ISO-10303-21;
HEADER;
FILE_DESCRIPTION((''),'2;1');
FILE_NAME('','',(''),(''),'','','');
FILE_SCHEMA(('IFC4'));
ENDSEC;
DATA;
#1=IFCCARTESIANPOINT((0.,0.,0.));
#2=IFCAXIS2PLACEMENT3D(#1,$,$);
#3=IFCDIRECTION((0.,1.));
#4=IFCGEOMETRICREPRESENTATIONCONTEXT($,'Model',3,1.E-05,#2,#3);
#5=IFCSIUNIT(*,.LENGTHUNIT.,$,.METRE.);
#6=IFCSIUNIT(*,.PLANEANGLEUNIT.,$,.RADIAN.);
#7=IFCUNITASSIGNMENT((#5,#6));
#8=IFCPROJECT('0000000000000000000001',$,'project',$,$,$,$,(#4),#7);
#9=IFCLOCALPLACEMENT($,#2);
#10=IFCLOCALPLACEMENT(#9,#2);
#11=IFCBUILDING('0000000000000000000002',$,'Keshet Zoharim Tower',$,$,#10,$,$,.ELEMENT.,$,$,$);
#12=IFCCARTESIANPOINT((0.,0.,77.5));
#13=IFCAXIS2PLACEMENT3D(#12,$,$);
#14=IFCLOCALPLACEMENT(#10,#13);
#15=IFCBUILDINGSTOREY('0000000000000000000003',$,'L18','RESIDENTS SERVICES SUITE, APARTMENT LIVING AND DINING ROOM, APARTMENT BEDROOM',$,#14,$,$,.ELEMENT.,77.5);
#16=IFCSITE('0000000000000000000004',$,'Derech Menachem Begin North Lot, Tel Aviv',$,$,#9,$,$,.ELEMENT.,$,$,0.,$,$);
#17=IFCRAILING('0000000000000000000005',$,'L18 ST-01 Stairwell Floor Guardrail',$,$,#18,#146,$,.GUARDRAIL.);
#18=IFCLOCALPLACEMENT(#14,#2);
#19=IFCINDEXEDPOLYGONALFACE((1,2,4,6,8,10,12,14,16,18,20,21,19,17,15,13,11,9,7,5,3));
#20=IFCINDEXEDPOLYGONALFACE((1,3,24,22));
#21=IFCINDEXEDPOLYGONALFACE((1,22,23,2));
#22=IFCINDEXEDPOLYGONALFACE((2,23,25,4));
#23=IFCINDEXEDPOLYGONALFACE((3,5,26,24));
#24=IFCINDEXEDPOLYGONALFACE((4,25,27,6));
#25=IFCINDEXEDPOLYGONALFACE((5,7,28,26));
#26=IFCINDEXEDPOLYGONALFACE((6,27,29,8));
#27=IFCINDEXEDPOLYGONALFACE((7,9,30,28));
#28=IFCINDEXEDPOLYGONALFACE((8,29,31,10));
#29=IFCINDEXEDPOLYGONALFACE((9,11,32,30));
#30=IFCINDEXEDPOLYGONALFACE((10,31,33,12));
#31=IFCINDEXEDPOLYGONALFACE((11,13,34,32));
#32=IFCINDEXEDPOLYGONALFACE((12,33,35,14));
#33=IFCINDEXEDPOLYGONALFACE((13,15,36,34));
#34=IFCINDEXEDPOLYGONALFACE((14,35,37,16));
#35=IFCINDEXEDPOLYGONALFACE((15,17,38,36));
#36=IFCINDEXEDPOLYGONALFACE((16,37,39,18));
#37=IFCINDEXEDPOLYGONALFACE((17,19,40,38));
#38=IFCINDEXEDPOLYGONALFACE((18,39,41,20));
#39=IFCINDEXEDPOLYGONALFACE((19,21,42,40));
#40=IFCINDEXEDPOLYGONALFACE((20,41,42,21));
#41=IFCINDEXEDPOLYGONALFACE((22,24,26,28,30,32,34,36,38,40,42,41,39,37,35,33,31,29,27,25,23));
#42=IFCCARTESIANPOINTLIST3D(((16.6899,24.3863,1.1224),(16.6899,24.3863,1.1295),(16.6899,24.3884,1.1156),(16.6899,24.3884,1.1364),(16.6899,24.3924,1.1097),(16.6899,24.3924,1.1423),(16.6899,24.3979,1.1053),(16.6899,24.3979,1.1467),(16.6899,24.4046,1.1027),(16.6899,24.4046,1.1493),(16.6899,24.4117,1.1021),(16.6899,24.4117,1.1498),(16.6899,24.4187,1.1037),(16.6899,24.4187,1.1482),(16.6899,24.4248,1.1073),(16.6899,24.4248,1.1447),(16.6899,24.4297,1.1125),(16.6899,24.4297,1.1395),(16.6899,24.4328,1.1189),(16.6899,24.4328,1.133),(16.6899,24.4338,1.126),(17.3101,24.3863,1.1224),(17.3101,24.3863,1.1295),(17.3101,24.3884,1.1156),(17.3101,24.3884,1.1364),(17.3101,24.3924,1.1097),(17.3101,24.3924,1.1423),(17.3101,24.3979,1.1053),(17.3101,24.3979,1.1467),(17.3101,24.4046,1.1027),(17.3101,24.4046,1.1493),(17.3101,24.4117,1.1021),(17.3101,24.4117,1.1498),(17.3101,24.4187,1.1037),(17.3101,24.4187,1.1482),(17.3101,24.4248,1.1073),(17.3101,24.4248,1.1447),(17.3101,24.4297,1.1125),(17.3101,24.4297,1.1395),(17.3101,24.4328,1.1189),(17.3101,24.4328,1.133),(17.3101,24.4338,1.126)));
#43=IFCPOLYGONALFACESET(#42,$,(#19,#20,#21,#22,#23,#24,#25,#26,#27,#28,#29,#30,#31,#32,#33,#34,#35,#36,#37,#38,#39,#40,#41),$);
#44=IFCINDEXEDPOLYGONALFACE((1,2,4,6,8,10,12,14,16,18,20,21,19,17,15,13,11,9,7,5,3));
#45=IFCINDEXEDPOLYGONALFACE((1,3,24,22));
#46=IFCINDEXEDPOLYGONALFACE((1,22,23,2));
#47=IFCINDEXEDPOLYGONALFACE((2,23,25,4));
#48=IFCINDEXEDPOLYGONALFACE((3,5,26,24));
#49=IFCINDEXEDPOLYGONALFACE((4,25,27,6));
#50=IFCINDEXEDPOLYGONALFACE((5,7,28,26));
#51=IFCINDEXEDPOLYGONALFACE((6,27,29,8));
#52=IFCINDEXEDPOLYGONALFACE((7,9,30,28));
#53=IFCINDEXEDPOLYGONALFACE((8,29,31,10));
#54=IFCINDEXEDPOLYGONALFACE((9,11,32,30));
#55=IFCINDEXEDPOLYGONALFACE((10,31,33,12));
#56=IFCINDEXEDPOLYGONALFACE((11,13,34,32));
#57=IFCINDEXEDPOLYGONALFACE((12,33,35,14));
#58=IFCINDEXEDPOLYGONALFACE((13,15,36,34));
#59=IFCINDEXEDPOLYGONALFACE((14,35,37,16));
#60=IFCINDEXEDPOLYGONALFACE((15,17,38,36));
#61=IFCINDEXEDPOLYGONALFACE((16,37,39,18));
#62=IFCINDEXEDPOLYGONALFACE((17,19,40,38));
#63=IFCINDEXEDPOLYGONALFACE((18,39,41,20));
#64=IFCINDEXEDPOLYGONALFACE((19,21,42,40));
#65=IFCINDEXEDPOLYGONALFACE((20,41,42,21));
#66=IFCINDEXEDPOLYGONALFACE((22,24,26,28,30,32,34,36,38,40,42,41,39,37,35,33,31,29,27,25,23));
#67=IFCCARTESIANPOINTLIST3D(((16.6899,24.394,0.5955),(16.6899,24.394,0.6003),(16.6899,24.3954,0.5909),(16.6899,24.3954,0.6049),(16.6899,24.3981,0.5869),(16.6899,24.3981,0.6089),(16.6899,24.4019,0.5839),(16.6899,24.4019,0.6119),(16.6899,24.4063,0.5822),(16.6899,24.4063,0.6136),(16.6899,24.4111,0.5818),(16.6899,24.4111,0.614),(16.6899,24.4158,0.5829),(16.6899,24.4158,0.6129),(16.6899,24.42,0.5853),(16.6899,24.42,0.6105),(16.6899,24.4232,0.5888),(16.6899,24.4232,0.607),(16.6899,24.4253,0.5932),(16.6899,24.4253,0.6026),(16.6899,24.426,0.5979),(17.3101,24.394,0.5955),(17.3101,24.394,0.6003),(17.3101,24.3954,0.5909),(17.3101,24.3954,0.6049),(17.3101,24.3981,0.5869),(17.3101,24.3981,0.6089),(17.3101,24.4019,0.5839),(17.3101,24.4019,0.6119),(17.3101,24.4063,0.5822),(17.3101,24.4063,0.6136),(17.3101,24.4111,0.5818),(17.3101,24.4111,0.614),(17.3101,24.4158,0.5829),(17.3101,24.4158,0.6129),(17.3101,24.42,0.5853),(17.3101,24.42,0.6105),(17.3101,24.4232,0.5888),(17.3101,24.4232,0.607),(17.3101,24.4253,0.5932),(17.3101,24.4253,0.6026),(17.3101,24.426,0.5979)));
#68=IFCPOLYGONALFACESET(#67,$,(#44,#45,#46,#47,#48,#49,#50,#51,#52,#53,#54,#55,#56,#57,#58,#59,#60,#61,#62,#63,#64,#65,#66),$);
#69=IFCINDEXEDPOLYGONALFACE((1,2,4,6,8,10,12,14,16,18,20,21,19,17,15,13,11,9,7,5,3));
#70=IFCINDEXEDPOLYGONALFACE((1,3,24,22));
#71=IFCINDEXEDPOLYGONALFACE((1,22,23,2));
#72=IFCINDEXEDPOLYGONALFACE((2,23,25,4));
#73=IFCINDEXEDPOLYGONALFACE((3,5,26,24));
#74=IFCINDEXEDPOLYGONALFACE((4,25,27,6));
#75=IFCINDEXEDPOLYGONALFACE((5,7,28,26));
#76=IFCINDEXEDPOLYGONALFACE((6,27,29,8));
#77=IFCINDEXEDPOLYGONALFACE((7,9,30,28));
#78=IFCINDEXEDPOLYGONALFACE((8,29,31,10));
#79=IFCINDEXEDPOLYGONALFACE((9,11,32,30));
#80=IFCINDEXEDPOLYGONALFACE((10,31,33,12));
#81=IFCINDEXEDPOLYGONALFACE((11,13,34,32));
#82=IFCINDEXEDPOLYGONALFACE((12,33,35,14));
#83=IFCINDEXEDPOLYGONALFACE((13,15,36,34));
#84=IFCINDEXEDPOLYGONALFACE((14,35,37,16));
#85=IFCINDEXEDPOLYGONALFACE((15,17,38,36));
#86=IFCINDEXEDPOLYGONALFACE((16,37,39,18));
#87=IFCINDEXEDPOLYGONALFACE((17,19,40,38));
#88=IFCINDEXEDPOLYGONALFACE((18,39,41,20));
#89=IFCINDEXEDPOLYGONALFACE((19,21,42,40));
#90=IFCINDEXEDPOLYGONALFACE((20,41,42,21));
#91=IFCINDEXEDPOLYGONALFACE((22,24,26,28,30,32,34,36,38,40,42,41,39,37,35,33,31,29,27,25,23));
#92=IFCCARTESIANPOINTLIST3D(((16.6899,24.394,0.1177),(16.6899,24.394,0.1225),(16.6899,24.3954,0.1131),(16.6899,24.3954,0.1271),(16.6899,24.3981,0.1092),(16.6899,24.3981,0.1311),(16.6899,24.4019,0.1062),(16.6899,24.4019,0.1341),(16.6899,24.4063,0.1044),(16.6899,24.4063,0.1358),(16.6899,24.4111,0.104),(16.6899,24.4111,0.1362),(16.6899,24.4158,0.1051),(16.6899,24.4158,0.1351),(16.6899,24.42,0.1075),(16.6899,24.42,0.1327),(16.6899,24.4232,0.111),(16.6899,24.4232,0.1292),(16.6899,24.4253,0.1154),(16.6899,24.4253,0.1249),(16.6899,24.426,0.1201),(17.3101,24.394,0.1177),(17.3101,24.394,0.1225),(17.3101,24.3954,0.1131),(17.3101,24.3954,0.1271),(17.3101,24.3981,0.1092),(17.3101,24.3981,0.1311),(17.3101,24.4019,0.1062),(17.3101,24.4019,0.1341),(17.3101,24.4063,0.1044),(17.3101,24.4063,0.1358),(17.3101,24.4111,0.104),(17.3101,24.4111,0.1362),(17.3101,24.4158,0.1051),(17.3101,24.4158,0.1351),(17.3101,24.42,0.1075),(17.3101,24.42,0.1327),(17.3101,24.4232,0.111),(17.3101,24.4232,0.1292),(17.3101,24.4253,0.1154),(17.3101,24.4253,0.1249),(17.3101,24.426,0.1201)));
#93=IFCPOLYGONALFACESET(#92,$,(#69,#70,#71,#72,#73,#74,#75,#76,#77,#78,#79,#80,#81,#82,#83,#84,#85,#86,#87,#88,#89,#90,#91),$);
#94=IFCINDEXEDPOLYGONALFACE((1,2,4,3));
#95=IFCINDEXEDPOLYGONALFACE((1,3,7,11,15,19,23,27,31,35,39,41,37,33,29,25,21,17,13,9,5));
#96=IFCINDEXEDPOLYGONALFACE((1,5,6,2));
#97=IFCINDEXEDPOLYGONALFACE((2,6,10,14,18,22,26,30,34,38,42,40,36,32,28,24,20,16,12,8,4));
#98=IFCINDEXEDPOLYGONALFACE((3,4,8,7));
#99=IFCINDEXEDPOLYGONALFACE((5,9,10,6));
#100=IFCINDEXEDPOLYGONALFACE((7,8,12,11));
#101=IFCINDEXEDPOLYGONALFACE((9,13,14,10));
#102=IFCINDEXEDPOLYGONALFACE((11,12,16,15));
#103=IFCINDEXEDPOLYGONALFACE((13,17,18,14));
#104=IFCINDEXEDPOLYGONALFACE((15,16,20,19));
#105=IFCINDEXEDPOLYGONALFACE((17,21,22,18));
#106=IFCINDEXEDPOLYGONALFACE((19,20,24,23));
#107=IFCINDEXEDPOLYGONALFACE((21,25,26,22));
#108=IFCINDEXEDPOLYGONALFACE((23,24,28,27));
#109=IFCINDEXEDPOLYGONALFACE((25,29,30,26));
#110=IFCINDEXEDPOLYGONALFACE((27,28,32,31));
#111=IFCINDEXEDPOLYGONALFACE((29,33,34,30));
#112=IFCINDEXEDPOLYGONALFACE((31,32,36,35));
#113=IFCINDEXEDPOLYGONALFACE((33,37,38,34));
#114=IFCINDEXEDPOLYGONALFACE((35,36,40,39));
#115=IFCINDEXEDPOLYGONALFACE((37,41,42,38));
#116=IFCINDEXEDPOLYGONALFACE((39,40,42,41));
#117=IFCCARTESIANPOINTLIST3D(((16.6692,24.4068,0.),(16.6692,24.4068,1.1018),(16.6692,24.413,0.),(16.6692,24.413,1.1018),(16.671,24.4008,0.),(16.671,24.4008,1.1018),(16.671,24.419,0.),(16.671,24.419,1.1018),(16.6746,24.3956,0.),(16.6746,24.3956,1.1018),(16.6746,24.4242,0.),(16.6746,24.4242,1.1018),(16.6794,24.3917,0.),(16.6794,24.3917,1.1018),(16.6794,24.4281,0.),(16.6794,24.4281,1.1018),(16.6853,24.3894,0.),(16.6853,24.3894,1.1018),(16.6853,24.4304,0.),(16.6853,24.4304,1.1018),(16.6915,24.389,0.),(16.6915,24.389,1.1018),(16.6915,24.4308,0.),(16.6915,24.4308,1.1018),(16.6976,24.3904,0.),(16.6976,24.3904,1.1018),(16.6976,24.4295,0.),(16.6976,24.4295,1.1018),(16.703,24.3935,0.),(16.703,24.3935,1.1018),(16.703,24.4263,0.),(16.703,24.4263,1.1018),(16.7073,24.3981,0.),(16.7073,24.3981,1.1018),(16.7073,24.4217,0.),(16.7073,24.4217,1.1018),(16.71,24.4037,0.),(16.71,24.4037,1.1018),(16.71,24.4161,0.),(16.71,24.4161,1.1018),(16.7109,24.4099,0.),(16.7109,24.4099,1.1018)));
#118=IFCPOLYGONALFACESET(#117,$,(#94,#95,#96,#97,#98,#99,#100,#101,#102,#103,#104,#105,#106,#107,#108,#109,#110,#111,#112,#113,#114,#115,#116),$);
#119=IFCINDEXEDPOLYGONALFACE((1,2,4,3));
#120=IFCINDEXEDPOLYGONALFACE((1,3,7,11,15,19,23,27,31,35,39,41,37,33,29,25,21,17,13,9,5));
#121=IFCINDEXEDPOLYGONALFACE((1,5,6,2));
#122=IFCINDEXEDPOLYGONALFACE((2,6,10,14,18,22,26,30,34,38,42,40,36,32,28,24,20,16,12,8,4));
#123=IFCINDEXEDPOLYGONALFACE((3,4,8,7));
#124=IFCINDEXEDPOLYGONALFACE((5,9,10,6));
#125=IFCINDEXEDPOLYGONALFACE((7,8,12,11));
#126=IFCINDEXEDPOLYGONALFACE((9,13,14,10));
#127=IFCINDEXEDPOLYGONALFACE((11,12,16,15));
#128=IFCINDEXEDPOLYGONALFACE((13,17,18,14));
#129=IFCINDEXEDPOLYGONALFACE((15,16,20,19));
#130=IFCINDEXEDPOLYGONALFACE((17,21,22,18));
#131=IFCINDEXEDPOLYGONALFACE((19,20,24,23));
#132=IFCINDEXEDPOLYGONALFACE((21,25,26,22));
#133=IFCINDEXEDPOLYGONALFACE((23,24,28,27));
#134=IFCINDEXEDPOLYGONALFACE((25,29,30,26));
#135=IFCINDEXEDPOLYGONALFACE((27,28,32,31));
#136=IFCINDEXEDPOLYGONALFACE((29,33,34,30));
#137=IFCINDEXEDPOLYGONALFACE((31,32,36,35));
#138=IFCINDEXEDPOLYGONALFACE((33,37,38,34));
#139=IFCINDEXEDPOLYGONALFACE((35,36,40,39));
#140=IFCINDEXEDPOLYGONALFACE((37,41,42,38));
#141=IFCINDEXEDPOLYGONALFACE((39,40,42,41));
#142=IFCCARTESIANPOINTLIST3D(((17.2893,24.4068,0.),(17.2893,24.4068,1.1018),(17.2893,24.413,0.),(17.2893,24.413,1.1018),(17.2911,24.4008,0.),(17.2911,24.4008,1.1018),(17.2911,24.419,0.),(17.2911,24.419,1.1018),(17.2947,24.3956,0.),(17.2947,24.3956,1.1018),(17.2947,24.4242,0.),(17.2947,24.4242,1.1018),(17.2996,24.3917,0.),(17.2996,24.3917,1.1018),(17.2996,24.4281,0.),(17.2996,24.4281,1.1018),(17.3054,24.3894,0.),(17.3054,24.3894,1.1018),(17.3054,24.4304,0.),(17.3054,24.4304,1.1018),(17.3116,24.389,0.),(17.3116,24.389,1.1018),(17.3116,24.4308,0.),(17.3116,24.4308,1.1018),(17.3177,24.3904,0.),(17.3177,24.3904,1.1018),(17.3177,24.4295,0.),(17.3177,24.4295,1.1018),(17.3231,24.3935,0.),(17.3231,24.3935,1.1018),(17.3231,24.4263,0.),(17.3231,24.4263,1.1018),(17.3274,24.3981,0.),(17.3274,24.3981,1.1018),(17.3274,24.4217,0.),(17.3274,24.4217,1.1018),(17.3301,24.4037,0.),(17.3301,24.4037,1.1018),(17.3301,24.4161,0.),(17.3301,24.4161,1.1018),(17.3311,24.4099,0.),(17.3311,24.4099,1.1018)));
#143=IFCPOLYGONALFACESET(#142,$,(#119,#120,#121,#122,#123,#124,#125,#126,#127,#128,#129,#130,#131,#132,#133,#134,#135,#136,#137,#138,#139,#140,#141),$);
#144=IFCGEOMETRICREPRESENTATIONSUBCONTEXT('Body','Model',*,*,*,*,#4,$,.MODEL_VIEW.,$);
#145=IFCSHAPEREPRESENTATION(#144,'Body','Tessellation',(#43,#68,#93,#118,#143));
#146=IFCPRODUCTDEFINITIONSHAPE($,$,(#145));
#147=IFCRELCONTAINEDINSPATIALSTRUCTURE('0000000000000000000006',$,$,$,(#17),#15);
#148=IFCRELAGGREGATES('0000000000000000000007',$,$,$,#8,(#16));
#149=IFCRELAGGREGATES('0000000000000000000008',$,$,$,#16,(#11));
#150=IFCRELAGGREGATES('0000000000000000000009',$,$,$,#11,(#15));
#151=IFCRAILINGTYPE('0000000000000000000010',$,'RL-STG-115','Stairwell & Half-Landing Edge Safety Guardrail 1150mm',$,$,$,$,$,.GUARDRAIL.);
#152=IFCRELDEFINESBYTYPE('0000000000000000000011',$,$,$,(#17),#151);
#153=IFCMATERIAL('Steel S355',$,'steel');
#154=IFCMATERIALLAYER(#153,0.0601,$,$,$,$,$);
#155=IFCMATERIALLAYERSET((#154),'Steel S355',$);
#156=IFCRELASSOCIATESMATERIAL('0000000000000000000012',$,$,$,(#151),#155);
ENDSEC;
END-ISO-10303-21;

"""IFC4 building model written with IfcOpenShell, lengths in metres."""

from ifc_helpers import new_model, si_unit, direction, frame, origin, origin_2d, place, context, subcontext, project, spatial, circle, extrude, material, layer, layer_set, type_object, element, save


model = new_model("IFC4")

# Units and contexts
model_context = context("Model", 3, precision=1e-05, world=origin(), true_north=direction((0.0, 1.0)))
body_context = subcontext(model_context, "Body", "Model", "MODEL_VIEW")
ifc_project = project(units=[si_unit("LENGTHUNIT", "METRE"), si_unit("PLANEANGLEUNIT", "RADIAN")], contexts=[model_context])

# Site, building, storey
site_placement = place(None, origin())
site = spatial("IfcSite", under=ifc_project, at=site_placement, Name="Derech Menachem Begin North Lot, Tel Aviv", CompositionType="ELEMENT", RefElevation=0.0)
building_placement = place(site_placement, origin())
building = spatial("IfcBuilding", under=site, at=building_placement, Name="Keshet Zoharim Tower", CompositionType="ELEMENT")
storey_placement = place(building_placement, frame((0.0, 0.0, 77.5)))
storey = spatial("IfcBuildingStorey", under=building, at=storey_placement, Name="L18", Description="RESIDENTS SERVICES SUITE, APARTMENT LIVING AND DINING ROOM, APARTMENT BEDROOM", CompositionType="ELEMENT", Elevation=77.5)

# Railing
ifc_material_1 = material(Name="Steel S355", Category="steel")
ifc_layer_1 = layer(ifc_material_1, 0.0601)
ifc_layer_set_1 = layer_set([ifc_layer_1], Name="Steel S355")
railing_type_1 = type_object("IfcRailingType", Name="RL-STG-115", Description="Stairwell & Half-Landing Edge Safety Guardrail 1150mm", PredefinedType="GUARDRAIL", material=ifc_layer_set_1)
railing_1_placement = place(storey_placement, frame((16.6899, 24.4099, 0.0)))
element("IfcRailing", 1, at=railing_1_placement, inside=storey, type_object=railing_type_1, Name="L18 ST-01 Stairwell Floor Guardrail", PredefinedType="GUARDRAIL", context=body_context, shape_type="SweptSolid", body=[
    extrude(circle(Radius=0.0239, at=origin_2d()), frame((0.0, 0.0, 1.126), z_axis=(1.0, 0.0, 0.0), x_axis=(0.0, 1.0, 0.0)), (0.0, 0.0, 1.0), 0.6201),
    extrude(circle(Radius=0.0161, at=origin_2d()), frame((0.0, 0.0, 0.5979), z_axis=(1.0, 0.0, 0.0), x_axis=(0.0, 1.0, 0.0)), (0.0, 0.0, 1.0), 0.6201),
    extrude(circle(Radius=0.0161, at=origin_2d()), frame((0.0, 0.0, 0.1201), z_axis=(1.0, 0.0, 0.0), x_axis=(0.0, 1.0, 0.0)), (0.0, 0.0, 1.0), 0.6201),
    extrude(circle(Radius=0.021, at=origin_2d()), origin(), (0.0, 0.0, 1.0), 1.1018),
    extrude(circle(Radius=0.021, at=origin_2d()), frame((0.6201, 0.0, 0.0)), (0.0, 0.0, 1.0), 1.1018),
])

save(model, "model.ifc")
